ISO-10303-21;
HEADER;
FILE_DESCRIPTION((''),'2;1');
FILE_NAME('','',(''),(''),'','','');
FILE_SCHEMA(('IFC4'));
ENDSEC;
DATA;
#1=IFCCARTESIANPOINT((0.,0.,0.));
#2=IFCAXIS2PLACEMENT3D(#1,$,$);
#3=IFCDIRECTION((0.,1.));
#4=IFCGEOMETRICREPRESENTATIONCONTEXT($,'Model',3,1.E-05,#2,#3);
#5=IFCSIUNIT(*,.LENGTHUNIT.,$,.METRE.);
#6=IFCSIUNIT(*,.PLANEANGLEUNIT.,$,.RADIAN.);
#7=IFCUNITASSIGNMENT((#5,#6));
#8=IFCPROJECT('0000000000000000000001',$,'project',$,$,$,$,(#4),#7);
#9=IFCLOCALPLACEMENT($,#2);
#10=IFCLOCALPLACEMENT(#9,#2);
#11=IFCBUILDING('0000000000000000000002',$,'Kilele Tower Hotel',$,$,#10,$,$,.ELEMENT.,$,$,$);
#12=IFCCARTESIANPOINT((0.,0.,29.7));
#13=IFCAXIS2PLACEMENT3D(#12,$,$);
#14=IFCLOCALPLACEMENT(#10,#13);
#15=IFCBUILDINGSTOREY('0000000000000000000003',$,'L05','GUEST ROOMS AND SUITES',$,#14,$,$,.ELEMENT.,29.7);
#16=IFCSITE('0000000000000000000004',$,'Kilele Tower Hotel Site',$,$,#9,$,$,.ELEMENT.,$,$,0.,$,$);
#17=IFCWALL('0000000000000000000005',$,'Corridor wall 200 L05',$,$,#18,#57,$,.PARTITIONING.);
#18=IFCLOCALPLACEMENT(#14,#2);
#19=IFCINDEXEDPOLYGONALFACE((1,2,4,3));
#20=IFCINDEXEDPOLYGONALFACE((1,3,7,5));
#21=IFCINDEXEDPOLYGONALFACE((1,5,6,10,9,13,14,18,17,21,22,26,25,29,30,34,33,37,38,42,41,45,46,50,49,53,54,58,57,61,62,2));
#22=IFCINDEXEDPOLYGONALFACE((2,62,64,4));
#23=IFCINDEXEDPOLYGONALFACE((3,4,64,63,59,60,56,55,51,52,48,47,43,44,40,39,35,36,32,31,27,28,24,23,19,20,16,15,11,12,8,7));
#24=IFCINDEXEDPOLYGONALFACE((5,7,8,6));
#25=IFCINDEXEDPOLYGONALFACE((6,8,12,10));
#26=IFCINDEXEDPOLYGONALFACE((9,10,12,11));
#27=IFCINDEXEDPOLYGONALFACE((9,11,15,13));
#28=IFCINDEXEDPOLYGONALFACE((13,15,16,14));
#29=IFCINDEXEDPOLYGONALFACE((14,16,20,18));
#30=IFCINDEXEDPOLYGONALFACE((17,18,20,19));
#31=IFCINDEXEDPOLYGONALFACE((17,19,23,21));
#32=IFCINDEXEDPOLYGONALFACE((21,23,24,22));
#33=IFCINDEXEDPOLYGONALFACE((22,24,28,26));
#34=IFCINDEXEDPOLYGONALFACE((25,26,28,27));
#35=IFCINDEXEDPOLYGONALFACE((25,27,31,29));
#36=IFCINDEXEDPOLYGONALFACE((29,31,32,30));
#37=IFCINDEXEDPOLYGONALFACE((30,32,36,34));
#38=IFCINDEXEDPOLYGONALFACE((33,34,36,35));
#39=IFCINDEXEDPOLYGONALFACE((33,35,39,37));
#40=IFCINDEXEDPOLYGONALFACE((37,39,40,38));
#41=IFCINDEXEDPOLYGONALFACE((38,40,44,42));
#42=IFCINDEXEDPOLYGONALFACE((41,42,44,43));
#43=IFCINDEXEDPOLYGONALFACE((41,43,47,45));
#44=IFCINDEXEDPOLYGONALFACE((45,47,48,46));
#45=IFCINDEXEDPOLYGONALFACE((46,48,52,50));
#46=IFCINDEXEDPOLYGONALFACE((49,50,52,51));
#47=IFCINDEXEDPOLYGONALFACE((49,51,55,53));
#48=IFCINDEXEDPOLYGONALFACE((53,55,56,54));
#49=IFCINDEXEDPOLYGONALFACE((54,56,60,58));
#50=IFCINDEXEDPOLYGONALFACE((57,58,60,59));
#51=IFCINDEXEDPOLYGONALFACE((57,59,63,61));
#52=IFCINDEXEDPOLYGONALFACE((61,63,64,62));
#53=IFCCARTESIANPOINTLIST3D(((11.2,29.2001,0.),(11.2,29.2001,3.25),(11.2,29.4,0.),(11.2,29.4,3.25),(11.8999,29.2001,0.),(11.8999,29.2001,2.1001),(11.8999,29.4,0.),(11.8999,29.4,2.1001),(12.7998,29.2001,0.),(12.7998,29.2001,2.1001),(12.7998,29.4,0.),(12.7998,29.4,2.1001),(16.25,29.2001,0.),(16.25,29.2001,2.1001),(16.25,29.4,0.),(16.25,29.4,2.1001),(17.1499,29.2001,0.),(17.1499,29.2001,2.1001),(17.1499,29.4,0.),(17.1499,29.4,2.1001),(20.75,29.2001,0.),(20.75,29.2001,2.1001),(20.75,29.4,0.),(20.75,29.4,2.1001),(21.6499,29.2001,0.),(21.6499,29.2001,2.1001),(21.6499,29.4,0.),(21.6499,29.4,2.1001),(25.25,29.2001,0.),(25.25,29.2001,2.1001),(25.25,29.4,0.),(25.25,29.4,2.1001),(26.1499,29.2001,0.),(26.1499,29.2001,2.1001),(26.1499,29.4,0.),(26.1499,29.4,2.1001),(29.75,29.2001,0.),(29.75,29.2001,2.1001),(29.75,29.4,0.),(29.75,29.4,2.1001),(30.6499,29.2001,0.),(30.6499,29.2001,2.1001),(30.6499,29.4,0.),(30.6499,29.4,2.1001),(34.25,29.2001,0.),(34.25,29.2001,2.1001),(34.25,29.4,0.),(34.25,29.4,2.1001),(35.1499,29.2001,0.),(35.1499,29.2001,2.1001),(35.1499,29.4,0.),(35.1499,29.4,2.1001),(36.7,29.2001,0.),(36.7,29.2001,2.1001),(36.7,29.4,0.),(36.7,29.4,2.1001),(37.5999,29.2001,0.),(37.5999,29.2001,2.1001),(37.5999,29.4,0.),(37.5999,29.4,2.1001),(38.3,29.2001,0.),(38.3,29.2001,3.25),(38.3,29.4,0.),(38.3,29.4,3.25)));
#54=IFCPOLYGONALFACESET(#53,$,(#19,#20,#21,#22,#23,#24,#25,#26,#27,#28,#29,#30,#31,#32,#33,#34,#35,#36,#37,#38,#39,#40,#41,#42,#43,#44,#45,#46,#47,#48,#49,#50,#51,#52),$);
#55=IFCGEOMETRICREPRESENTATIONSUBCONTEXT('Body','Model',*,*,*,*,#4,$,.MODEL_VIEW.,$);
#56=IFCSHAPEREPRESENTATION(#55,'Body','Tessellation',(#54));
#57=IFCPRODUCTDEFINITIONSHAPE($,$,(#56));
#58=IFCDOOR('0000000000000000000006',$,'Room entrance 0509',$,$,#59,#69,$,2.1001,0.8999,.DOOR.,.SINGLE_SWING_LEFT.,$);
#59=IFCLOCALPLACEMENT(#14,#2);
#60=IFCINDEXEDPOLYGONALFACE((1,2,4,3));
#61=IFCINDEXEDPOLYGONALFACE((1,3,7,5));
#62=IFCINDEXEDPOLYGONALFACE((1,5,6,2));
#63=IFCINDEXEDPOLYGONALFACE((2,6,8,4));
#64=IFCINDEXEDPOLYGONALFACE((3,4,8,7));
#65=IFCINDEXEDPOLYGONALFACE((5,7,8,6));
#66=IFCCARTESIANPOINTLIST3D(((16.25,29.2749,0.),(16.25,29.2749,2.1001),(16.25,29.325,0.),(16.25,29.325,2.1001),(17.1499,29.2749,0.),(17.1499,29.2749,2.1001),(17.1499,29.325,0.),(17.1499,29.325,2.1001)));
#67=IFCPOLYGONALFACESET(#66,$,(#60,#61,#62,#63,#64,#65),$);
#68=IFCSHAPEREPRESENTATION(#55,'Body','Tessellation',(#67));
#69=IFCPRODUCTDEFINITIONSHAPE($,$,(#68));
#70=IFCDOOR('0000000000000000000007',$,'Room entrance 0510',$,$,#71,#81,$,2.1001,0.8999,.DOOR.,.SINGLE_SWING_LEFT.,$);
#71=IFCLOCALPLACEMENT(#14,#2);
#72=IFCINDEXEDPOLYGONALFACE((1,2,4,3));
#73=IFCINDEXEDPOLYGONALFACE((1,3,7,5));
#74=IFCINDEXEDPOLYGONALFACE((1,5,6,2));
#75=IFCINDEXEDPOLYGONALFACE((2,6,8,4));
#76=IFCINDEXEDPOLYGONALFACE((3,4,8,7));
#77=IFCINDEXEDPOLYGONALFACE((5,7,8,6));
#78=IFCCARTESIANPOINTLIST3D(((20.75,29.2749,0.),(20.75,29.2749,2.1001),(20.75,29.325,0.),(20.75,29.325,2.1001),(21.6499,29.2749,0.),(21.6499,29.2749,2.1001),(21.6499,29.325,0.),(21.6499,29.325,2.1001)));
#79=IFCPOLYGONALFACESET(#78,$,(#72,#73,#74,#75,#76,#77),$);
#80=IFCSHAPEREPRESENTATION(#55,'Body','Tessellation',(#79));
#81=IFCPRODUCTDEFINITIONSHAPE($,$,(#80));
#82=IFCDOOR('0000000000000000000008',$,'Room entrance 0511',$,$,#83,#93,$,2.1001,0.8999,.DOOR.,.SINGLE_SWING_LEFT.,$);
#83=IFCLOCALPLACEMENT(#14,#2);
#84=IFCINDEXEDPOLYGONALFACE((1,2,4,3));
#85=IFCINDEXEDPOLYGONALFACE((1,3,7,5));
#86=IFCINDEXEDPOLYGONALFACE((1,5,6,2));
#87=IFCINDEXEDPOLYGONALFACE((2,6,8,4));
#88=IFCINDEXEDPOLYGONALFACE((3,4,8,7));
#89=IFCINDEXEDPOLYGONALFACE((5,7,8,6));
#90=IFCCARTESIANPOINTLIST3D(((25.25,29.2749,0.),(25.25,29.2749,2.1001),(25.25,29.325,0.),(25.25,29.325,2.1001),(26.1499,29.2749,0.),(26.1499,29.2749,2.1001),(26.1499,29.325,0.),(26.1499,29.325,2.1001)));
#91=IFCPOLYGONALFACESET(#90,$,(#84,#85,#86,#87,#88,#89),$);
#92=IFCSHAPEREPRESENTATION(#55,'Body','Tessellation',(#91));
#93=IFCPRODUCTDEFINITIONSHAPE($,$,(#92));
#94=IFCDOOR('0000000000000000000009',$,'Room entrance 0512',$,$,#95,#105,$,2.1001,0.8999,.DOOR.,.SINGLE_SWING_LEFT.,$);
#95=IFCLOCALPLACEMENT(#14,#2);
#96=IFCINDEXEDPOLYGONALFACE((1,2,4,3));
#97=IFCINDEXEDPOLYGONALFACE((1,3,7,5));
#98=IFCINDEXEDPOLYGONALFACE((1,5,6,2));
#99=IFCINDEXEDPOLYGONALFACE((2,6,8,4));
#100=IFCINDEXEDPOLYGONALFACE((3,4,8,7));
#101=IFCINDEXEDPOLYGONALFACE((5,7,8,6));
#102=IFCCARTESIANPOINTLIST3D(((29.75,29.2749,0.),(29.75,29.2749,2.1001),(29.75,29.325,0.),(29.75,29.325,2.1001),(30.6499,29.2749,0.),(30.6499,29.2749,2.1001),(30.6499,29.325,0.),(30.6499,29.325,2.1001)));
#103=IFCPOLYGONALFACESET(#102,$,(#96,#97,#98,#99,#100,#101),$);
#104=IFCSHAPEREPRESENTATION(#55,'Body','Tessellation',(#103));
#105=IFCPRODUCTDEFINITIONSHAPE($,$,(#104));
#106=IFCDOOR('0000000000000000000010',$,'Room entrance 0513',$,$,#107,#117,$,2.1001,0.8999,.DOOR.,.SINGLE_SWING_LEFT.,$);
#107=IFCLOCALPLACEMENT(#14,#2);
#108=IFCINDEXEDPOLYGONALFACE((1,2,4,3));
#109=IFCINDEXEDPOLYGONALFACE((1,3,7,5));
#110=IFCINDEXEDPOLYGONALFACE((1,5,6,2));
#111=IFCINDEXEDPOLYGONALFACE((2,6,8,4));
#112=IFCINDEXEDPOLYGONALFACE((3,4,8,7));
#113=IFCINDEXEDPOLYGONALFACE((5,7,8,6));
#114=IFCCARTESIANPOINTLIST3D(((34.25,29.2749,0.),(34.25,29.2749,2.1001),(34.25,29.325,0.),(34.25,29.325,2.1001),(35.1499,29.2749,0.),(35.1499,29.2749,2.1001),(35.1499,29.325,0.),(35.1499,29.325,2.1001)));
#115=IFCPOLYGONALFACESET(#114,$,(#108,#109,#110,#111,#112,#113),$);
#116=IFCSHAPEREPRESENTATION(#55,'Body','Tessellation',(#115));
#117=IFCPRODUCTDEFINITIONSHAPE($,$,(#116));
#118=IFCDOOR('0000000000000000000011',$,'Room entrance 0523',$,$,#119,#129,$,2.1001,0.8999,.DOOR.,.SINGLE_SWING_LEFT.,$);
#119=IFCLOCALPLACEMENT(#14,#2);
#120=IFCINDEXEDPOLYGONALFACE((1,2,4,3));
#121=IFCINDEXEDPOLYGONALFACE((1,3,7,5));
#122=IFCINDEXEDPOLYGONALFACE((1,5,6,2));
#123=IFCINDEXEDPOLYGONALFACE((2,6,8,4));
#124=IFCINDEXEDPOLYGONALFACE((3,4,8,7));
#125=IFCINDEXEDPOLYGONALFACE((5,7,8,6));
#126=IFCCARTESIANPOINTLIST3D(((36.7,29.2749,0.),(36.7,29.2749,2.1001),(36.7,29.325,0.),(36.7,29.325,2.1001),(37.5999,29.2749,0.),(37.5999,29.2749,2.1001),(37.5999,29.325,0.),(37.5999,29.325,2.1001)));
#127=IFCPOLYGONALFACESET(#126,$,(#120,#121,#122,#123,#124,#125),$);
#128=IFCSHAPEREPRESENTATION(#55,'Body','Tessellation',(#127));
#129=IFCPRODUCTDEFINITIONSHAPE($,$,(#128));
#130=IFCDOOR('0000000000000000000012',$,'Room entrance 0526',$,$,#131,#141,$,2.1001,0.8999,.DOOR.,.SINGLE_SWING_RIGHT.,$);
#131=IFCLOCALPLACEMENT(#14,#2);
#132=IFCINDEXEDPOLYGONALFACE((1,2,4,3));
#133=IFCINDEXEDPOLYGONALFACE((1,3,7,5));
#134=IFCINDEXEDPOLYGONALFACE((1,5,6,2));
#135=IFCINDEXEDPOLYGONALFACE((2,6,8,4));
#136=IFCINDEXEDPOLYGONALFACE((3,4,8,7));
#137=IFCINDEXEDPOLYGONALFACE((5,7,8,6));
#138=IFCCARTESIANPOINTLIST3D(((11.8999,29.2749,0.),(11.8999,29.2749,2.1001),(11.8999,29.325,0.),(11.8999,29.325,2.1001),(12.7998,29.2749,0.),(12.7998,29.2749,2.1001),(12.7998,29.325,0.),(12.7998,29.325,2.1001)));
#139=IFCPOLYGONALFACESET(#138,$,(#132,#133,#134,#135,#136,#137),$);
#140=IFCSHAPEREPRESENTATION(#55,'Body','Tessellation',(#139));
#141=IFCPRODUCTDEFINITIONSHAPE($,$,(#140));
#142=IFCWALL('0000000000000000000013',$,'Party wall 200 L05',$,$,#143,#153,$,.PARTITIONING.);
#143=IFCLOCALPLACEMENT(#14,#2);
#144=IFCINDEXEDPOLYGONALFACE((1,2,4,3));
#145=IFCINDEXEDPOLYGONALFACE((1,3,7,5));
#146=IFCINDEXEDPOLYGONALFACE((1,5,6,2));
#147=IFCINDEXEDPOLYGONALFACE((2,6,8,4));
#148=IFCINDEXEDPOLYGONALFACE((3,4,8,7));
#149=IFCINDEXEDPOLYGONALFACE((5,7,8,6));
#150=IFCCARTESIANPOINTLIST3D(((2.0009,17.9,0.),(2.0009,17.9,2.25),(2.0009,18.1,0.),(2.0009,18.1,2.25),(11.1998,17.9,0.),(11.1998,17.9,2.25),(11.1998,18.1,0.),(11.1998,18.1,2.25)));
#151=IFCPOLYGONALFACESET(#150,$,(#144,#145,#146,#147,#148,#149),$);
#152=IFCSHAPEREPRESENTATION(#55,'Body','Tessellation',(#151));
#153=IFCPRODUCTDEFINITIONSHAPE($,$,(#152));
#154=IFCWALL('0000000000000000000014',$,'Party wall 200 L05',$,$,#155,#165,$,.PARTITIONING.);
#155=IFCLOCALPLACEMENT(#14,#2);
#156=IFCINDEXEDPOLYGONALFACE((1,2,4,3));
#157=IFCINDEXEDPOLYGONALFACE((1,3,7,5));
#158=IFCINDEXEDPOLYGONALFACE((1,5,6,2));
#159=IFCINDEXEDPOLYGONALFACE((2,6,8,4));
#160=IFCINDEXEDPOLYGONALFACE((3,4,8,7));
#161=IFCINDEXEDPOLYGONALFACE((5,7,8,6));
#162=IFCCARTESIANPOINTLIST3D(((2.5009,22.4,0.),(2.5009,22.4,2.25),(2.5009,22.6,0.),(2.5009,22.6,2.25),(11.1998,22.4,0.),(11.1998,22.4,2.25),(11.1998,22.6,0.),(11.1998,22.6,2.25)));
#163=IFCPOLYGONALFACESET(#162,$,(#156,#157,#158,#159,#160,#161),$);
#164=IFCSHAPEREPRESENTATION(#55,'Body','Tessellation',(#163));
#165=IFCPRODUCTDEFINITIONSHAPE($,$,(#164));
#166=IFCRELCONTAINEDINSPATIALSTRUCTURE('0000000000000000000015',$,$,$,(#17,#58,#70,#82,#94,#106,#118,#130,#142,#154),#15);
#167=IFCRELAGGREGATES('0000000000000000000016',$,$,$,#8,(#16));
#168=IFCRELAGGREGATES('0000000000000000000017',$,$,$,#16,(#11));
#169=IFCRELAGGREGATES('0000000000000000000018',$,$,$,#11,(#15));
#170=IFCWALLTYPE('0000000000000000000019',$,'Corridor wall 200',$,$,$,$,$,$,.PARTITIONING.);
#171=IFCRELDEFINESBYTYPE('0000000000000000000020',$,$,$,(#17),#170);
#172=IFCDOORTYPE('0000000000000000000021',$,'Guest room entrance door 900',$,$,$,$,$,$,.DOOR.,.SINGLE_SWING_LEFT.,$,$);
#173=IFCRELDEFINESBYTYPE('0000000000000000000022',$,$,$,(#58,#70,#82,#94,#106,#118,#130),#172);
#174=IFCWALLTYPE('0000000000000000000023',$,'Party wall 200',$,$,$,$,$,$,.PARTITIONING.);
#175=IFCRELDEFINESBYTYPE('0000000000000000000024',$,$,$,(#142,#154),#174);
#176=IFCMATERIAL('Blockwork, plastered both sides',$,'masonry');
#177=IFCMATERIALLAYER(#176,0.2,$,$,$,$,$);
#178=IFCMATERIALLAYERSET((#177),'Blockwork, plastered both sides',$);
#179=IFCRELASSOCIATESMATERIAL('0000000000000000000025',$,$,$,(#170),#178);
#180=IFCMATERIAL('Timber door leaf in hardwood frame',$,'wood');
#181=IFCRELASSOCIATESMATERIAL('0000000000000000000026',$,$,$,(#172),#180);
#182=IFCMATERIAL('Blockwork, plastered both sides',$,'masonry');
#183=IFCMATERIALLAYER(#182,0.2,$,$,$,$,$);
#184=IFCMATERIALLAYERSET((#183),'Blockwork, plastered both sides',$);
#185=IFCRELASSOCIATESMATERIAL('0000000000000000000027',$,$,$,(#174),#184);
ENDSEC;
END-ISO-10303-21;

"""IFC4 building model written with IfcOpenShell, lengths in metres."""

from ifc_helpers import new_model, si_unit, direction, frame, frame_2d, origin, place, context, subcontext, project, spatial, rectangle, extrude, material, layer, layer_set, type_object, element, fill, save


model = new_model("IFC4")

# Units and contexts
model_context = context("Model", 3, precision=1e-05, world=origin(), true_north=direction((0.0, 1.0)))
body_context = subcontext(model_context, "Body", "Model", "MODEL_VIEW")
ifc_project = project(units=[si_unit("LENGTHUNIT", "METRE"), si_unit("PLANEANGLEUNIT", "RADIAN")], contexts=[model_context])

# Site, building, storey
site_placement = place(None, origin())
site = spatial("IfcSite", under=ifc_project, at=site_placement, Name="Kilele Tower Hotel Site", CompositionType="ELEMENT", RefElevation=0.0)
building_placement = place(site_placement, origin())
building = spatial("IfcBuilding", under=site, at=building_placement, Name="Kilele Tower Hotel", CompositionType="ELEMENT")
storey_placement = place(building_placement, frame((0.0, 0.0, 29.7)))
storey = spatial("IfcBuildingStorey", under=building, at=storey_placement, Name="L05", Description="GUEST ROOMS AND SUITES", CompositionType="ELEMENT", Elevation=29.7)

# Wall, openings, doors
ifc_material_1 = material(Name="Blockwork, plastered both sides", Category="masonry")
ifc_layer_1 = layer(ifc_material_1, 0.2)
ifc_layer_set_1 = layer_set([ifc_layer_1], Name="Blockwork, plastered both sides")
wall_type_1 = type_object("IfcWallType", Name="Corridor wall 200", PredefinedType="PARTITIONING", material=ifc_layer_set_1)
wall_1_placement = place(storey_placement, frame((11.2, 29.3, 0.0), z_axis=(0.0, 0.0, 1.0), x_axis=(1.0, 0.0, 0.0)))
wall_1 = element("IfcWall", 1, at=wall_1_placement, inside=storey, type_object=wall_type_1, Name="Corridor wall 200 L05", PredefinedType="PARTITIONING", context=body_context, shape_type="SweptSolid", body=[
    extrude(rectangle(XDim=27.1001, YDim=0.2, at=frame_2d((13.55, 0.0))), origin(), (0.0, 0.0, 1.0), 3.25),
])
opening_1_placement = place(wall_1_placement, frame((5.05, 0.0, 0.0)))
opening_1 = element("IfcOpeningElement", 2, at=opening_1_placement, cuts=wall_1, PredefinedType="OPENING", context=body_context, shape_type="SweptSolid", body=[
    extrude(rectangle(XDim=0.8999, YDim=2.1001, at=frame_2d((0.45, 1.05))), frame((0.0, 0.1099, 0.0), z_axis=(0.0, -1.0, 0.0), x_axis=(1.0, 0.0, 0.0)), (0.0, 0.0, 1.0), 0.22),
])
opening_2_placement = place(wall_1_placement, frame((9.55, 0.0, 0.0)))
opening_2 = element("IfcOpeningElement", 3, at=opening_2_placement, cuts=wall_1, PredefinedType="OPENING", context=body_context, shape_type="SweptSolid", body=[
    extrude(rectangle(XDim=0.8999, YDim=2.1001, at=frame_2d((0.45, 1.05))), frame((0.0, 0.1099, 0.0), z_axis=(0.0, -1.0, 0.0), x_axis=(1.0, 0.0, 0.0)), (0.0, 0.0, 1.0), 0.22),
])
opening_3_placement = place(wall_1_placement, frame((14.05, 0.0, 0.0)))
opening_3 = element("IfcOpeningElement", 4, at=opening_3_placement, cuts=wall_1, PredefinedType="OPENING", context=body_context, shape_type="SweptSolid", body=[
    extrude(rectangle(XDim=0.8999, YDim=2.1001, at=frame_2d((0.45, 1.05))), frame((0.0, 0.1099, 0.0), z_axis=(0.0, -1.0, 0.0), x_axis=(1.0, 0.0, 0.0)), (0.0, 0.0, 1.0), 0.22),
])
opening_4_placement = place(wall_1_placement, frame((18.55, 0.0, 0.0)))
opening_4 = element("IfcOpeningElement", 5, at=opening_4_placement, cuts=wall_1, PredefinedType="OPENING", context=body_context, shape_type="SweptSolid", body=[
    extrude(rectangle(XDim=0.8999, YDim=2.1001, at=frame_2d((0.45, 1.05))), frame((0.0, 0.1099, 0.0), z_axis=(0.0, -1.0, 0.0), x_axis=(1.0, 0.0, 0.0)), (0.0, 0.0, 1.0), 0.22),
])
opening_5_placement = place(wall_1_placement, frame((23.05, 0.0, 0.0)))
opening_5 = element("IfcOpeningElement", 6, at=opening_5_placement, cuts=wall_1, PredefinedType="OPENING", context=body_context, shape_type="SweptSolid", body=[
    extrude(rectangle(XDim=0.8999, YDim=2.1001, at=frame_2d((0.45, 1.05))), frame((0.0, 0.1099, 0.0), z_axis=(0.0, -1.0, 0.0), x_axis=(1.0, 0.0, 0.0)), (0.0, 0.0, 1.0), 0.22),
])
opening_6_placement = place(wall_1_placement, frame((25.5, 0.0, 0.0)))
opening_6 = element("IfcOpeningElement", 7, at=opening_6_placement, cuts=wall_1, PredefinedType="OPENING", context=body_context, shape_type="SweptSolid", body=[
    extrude(rectangle(XDim=0.8999, YDim=2.1001, at=frame_2d((0.45, 1.05))), frame((0.0, 0.1099, 0.0), z_axis=(0.0, -1.0, 0.0), x_axis=(1.0, 0.0, 0.0)), (0.0, 0.0, 1.0), 0.22),
])
opening_7_placement = place(wall_1_placement, frame((0.7, 0.0, 0.0)))
opening_7 = element("IfcOpeningElement", 8, at=opening_7_placement, cuts=wall_1, PredefinedType="OPENING", context=body_context, shape_type="SweptSolid", body=[
    extrude(rectangle(XDim=0.8999, YDim=2.1001, at=frame_2d((0.45, 1.05))), frame((0.0, 0.1099, 0.0), z_axis=(0.0, -1.0, 0.0), x_axis=(1.0, 0.0, 0.0)), (0.0, 0.0, 1.0), 0.22),
])
ifc_material_2 = material(Name="Timber door leaf in hardwood frame", Category="wood")
door_type_1 = type_object("IfcDoorType", Name="Guest room entrance door 900", OperationType="SINGLE_SWING_LEFT", PredefinedType="DOOR", material=ifc_material_2)
door_1_placement = place(opening_1_placement, origin())
door_1 = element("IfcDoor", 9, at=door_1_placement, inside=storey, type_object=door_type_1, Name="Room entrance 0509", OperationType="SINGLE_SWING_LEFT", OverallHeight=2.1001, OverallWidth=0.8999, PredefinedType="DOOR", context=body_context, shape_type="SweptSolid", body=[
    extrude(rectangle(XDim=0.8999, YDim=2.1001, at=frame_2d((0.45, 1.05))), frame((0.0, 0.0249, 0.0), z_axis=(0.0, -1.0, 0.0), x_axis=(1.0, 0.0, 0.0)), (0.0, 0.0, 1.0), 0.05),
])
fill(opening_1, door_1)
door_2_placement = place(opening_2_placement, origin())
door_2 = element("IfcDoor", 10, at=door_2_placement, inside=storey, type_object=door_type_1, Name="Room entrance 0510", OperationType="SINGLE_SWING_LEFT", OverallHeight=2.1001, OverallWidth=0.8999, PredefinedType="DOOR", context=body_context, shape_type="SweptSolid", body=[
    extrude(rectangle(XDim=0.8999, YDim=2.1001, at=frame_2d((0.45, 1.05))), frame((0.0, 0.0249, 0.0), z_axis=(0.0, -1.0, 0.0), x_axis=(1.0, 0.0, 0.0)), (0.0, 0.0, 1.0), 0.05),
])
fill(opening_2, door_2)
door_3_placement = place(opening_3_placement, origin())
door_3 = element("IfcDoor", 11, at=door_3_placement, inside=storey, type_object=door_type_1, Name="Room entrance 0511", OperationType="SINGLE_SWING_LEFT", OverallHeight=2.1001, OverallWidth=0.8999, PredefinedType="DOOR", context=body_context, shape_type="SweptSolid", body=[
    extrude(rectangle(XDim=0.8999, YDim=2.1001, at=frame_2d((0.45, 1.05))), frame((0.0, 0.0249, 0.0), z_axis=(0.0, -1.0, 0.0), x_axis=(1.0, 0.0, 0.0)), (0.0, 0.0, 1.0), 0.05),
])
fill(opening_3, door_3)
door_4_placement = place(opening_4_placement, origin())
door_4 = element("IfcDoor", 12, at=door_4_placement, inside=storey, type_object=door_type_1, Name="Room entrance 0512", OperationType="SINGLE_SWING_LEFT", OverallHeight=2.1001, OverallWidth=0.8999, PredefinedType="DOOR", context=body_context, shape_type="SweptSolid", body=[
    extrude(rectangle(XDim=0.8999, YDim=2.1001, at=frame_2d((0.45, 1.05))), frame((0.0, 0.0249, 0.0), z_axis=(0.0, -1.0, 0.0), x_axis=(1.0, 0.0, 0.0)), (0.0, 0.0, 1.0), 0.05),
])
fill(opening_4, door_4)
door_5_placement = place(opening_5_placement, origin())
door_5 = element("IfcDoor", 13, at=door_5_placement, inside=storey, type_object=door_type_1, Name="Room entrance 0513", OperationType="SINGLE_SWING_LEFT", OverallHeight=2.1001, OverallWidth=0.8999, PredefinedType="DOOR", context=body_context, shape_type="SweptSolid", body=[
    extrude(rectangle(XDim=0.8999, YDim=2.1001, at=frame_2d((0.45, 1.05))), frame((0.0, 0.0249, 0.0), z_axis=(0.0, -1.0, 0.0), x_axis=(1.0, 0.0, 0.0)), (0.0, 0.0, 1.0), 0.05),
])
fill(opening_5, door_5)
door_6_placement = place(opening_6_placement, origin())
door_6 = element("IfcDoor", 14, at=door_6_placement, inside=storey, type_object=door_type_1, Name="Room entrance 0523", OperationType="SINGLE_SWING_LEFT", OverallHeight=2.1001, OverallWidth=0.8999, PredefinedType="DOOR", context=body_context, shape_type="SweptSolid", body=[
    extrude(rectangle(XDim=0.8999, YDim=2.1001, at=frame_2d((0.45, 1.05))), frame((0.0, 0.0249, 0.0), z_axis=(0.0, -1.0, 0.0), x_axis=(1.0, 0.0, 0.0)), (0.0, 0.0, 1.0), 0.05),
])
fill(opening_6, door_6)
door_7_placement = place(opening_7_placement, origin())
door_7 = element("IfcDoor", 15, at=door_7_placement, inside=storey, type_object=door_type_1, Name="Room entrance 0526", OperationType="SINGLE_SWING_RIGHT", OverallHeight=2.1001, OverallWidth=0.8999, PredefinedType="DOOR", context=body_context, shape_type="SweptSolid", body=[
    extrude(rectangle(XDim=0.8999, YDim=2.1001, at=frame_2d((0.45, 1.05))), frame((0.0, 0.0249, 0.0), z_axis=(0.0, -1.0, 0.0), x_axis=(1.0, 0.0, 0.0)), (0.0, 0.0, 1.0), 0.05),
])
fill(opening_7, door_7)

# Walls
ifc_material_3 = material(Name="Blockwork, plastered both sides", Category="masonry")
ifc_layer_2 = layer(ifc_material_3, 0.2)
ifc_layer_set_2 = layer_set([ifc_layer_2], Name="Blockwork, plastered both sides")
wall_type_2 = type_object("IfcWallType", Name="Party wall 200", PredefinedType="PARTITIONING", material=ifc_layer_set_2)
wall_2_placement = place(storey_placement, frame((11.2, 18.0, 0.0), z_axis=(0.0, 0.0, 1.0), x_axis=(-1.0, 0.0, 0.0)))
element("IfcWall", 16, at=wall_2_placement, inside=storey, type_object=wall_type_2, Name="Party wall 200 L05", PredefinedType="PARTITIONING", context=body_context, shape_type="SweptSolid", body=[
    extrude(rectangle(XDim=9.199, YDim=0.2, at=frame_2d((4.5996, 0.0))), origin(), (0.0, 0.0, 1.0), 2.25),
])
wall_3_placement = place(storey_placement, frame((11.2, 22.5, 0.0), z_axis=(0.0, 0.0, 1.0), x_axis=(-1.0, 0.0, 0.0)))
element("IfcWall", 17, at=wall_3_placement, inside=storey, type_object=wall_type_2, Name="Party wall 200 L05", PredefinedType="PARTITIONING", context=body_context, shape_type="SweptSolid", body=[
    extrude(rectangle(XDim=8.699, YDim=0.2, at=frame_2d((4.3496, 0.0))), origin(), (0.0, 0.0, 1.0), 2.25),
])

save(model, "model.ifc")
